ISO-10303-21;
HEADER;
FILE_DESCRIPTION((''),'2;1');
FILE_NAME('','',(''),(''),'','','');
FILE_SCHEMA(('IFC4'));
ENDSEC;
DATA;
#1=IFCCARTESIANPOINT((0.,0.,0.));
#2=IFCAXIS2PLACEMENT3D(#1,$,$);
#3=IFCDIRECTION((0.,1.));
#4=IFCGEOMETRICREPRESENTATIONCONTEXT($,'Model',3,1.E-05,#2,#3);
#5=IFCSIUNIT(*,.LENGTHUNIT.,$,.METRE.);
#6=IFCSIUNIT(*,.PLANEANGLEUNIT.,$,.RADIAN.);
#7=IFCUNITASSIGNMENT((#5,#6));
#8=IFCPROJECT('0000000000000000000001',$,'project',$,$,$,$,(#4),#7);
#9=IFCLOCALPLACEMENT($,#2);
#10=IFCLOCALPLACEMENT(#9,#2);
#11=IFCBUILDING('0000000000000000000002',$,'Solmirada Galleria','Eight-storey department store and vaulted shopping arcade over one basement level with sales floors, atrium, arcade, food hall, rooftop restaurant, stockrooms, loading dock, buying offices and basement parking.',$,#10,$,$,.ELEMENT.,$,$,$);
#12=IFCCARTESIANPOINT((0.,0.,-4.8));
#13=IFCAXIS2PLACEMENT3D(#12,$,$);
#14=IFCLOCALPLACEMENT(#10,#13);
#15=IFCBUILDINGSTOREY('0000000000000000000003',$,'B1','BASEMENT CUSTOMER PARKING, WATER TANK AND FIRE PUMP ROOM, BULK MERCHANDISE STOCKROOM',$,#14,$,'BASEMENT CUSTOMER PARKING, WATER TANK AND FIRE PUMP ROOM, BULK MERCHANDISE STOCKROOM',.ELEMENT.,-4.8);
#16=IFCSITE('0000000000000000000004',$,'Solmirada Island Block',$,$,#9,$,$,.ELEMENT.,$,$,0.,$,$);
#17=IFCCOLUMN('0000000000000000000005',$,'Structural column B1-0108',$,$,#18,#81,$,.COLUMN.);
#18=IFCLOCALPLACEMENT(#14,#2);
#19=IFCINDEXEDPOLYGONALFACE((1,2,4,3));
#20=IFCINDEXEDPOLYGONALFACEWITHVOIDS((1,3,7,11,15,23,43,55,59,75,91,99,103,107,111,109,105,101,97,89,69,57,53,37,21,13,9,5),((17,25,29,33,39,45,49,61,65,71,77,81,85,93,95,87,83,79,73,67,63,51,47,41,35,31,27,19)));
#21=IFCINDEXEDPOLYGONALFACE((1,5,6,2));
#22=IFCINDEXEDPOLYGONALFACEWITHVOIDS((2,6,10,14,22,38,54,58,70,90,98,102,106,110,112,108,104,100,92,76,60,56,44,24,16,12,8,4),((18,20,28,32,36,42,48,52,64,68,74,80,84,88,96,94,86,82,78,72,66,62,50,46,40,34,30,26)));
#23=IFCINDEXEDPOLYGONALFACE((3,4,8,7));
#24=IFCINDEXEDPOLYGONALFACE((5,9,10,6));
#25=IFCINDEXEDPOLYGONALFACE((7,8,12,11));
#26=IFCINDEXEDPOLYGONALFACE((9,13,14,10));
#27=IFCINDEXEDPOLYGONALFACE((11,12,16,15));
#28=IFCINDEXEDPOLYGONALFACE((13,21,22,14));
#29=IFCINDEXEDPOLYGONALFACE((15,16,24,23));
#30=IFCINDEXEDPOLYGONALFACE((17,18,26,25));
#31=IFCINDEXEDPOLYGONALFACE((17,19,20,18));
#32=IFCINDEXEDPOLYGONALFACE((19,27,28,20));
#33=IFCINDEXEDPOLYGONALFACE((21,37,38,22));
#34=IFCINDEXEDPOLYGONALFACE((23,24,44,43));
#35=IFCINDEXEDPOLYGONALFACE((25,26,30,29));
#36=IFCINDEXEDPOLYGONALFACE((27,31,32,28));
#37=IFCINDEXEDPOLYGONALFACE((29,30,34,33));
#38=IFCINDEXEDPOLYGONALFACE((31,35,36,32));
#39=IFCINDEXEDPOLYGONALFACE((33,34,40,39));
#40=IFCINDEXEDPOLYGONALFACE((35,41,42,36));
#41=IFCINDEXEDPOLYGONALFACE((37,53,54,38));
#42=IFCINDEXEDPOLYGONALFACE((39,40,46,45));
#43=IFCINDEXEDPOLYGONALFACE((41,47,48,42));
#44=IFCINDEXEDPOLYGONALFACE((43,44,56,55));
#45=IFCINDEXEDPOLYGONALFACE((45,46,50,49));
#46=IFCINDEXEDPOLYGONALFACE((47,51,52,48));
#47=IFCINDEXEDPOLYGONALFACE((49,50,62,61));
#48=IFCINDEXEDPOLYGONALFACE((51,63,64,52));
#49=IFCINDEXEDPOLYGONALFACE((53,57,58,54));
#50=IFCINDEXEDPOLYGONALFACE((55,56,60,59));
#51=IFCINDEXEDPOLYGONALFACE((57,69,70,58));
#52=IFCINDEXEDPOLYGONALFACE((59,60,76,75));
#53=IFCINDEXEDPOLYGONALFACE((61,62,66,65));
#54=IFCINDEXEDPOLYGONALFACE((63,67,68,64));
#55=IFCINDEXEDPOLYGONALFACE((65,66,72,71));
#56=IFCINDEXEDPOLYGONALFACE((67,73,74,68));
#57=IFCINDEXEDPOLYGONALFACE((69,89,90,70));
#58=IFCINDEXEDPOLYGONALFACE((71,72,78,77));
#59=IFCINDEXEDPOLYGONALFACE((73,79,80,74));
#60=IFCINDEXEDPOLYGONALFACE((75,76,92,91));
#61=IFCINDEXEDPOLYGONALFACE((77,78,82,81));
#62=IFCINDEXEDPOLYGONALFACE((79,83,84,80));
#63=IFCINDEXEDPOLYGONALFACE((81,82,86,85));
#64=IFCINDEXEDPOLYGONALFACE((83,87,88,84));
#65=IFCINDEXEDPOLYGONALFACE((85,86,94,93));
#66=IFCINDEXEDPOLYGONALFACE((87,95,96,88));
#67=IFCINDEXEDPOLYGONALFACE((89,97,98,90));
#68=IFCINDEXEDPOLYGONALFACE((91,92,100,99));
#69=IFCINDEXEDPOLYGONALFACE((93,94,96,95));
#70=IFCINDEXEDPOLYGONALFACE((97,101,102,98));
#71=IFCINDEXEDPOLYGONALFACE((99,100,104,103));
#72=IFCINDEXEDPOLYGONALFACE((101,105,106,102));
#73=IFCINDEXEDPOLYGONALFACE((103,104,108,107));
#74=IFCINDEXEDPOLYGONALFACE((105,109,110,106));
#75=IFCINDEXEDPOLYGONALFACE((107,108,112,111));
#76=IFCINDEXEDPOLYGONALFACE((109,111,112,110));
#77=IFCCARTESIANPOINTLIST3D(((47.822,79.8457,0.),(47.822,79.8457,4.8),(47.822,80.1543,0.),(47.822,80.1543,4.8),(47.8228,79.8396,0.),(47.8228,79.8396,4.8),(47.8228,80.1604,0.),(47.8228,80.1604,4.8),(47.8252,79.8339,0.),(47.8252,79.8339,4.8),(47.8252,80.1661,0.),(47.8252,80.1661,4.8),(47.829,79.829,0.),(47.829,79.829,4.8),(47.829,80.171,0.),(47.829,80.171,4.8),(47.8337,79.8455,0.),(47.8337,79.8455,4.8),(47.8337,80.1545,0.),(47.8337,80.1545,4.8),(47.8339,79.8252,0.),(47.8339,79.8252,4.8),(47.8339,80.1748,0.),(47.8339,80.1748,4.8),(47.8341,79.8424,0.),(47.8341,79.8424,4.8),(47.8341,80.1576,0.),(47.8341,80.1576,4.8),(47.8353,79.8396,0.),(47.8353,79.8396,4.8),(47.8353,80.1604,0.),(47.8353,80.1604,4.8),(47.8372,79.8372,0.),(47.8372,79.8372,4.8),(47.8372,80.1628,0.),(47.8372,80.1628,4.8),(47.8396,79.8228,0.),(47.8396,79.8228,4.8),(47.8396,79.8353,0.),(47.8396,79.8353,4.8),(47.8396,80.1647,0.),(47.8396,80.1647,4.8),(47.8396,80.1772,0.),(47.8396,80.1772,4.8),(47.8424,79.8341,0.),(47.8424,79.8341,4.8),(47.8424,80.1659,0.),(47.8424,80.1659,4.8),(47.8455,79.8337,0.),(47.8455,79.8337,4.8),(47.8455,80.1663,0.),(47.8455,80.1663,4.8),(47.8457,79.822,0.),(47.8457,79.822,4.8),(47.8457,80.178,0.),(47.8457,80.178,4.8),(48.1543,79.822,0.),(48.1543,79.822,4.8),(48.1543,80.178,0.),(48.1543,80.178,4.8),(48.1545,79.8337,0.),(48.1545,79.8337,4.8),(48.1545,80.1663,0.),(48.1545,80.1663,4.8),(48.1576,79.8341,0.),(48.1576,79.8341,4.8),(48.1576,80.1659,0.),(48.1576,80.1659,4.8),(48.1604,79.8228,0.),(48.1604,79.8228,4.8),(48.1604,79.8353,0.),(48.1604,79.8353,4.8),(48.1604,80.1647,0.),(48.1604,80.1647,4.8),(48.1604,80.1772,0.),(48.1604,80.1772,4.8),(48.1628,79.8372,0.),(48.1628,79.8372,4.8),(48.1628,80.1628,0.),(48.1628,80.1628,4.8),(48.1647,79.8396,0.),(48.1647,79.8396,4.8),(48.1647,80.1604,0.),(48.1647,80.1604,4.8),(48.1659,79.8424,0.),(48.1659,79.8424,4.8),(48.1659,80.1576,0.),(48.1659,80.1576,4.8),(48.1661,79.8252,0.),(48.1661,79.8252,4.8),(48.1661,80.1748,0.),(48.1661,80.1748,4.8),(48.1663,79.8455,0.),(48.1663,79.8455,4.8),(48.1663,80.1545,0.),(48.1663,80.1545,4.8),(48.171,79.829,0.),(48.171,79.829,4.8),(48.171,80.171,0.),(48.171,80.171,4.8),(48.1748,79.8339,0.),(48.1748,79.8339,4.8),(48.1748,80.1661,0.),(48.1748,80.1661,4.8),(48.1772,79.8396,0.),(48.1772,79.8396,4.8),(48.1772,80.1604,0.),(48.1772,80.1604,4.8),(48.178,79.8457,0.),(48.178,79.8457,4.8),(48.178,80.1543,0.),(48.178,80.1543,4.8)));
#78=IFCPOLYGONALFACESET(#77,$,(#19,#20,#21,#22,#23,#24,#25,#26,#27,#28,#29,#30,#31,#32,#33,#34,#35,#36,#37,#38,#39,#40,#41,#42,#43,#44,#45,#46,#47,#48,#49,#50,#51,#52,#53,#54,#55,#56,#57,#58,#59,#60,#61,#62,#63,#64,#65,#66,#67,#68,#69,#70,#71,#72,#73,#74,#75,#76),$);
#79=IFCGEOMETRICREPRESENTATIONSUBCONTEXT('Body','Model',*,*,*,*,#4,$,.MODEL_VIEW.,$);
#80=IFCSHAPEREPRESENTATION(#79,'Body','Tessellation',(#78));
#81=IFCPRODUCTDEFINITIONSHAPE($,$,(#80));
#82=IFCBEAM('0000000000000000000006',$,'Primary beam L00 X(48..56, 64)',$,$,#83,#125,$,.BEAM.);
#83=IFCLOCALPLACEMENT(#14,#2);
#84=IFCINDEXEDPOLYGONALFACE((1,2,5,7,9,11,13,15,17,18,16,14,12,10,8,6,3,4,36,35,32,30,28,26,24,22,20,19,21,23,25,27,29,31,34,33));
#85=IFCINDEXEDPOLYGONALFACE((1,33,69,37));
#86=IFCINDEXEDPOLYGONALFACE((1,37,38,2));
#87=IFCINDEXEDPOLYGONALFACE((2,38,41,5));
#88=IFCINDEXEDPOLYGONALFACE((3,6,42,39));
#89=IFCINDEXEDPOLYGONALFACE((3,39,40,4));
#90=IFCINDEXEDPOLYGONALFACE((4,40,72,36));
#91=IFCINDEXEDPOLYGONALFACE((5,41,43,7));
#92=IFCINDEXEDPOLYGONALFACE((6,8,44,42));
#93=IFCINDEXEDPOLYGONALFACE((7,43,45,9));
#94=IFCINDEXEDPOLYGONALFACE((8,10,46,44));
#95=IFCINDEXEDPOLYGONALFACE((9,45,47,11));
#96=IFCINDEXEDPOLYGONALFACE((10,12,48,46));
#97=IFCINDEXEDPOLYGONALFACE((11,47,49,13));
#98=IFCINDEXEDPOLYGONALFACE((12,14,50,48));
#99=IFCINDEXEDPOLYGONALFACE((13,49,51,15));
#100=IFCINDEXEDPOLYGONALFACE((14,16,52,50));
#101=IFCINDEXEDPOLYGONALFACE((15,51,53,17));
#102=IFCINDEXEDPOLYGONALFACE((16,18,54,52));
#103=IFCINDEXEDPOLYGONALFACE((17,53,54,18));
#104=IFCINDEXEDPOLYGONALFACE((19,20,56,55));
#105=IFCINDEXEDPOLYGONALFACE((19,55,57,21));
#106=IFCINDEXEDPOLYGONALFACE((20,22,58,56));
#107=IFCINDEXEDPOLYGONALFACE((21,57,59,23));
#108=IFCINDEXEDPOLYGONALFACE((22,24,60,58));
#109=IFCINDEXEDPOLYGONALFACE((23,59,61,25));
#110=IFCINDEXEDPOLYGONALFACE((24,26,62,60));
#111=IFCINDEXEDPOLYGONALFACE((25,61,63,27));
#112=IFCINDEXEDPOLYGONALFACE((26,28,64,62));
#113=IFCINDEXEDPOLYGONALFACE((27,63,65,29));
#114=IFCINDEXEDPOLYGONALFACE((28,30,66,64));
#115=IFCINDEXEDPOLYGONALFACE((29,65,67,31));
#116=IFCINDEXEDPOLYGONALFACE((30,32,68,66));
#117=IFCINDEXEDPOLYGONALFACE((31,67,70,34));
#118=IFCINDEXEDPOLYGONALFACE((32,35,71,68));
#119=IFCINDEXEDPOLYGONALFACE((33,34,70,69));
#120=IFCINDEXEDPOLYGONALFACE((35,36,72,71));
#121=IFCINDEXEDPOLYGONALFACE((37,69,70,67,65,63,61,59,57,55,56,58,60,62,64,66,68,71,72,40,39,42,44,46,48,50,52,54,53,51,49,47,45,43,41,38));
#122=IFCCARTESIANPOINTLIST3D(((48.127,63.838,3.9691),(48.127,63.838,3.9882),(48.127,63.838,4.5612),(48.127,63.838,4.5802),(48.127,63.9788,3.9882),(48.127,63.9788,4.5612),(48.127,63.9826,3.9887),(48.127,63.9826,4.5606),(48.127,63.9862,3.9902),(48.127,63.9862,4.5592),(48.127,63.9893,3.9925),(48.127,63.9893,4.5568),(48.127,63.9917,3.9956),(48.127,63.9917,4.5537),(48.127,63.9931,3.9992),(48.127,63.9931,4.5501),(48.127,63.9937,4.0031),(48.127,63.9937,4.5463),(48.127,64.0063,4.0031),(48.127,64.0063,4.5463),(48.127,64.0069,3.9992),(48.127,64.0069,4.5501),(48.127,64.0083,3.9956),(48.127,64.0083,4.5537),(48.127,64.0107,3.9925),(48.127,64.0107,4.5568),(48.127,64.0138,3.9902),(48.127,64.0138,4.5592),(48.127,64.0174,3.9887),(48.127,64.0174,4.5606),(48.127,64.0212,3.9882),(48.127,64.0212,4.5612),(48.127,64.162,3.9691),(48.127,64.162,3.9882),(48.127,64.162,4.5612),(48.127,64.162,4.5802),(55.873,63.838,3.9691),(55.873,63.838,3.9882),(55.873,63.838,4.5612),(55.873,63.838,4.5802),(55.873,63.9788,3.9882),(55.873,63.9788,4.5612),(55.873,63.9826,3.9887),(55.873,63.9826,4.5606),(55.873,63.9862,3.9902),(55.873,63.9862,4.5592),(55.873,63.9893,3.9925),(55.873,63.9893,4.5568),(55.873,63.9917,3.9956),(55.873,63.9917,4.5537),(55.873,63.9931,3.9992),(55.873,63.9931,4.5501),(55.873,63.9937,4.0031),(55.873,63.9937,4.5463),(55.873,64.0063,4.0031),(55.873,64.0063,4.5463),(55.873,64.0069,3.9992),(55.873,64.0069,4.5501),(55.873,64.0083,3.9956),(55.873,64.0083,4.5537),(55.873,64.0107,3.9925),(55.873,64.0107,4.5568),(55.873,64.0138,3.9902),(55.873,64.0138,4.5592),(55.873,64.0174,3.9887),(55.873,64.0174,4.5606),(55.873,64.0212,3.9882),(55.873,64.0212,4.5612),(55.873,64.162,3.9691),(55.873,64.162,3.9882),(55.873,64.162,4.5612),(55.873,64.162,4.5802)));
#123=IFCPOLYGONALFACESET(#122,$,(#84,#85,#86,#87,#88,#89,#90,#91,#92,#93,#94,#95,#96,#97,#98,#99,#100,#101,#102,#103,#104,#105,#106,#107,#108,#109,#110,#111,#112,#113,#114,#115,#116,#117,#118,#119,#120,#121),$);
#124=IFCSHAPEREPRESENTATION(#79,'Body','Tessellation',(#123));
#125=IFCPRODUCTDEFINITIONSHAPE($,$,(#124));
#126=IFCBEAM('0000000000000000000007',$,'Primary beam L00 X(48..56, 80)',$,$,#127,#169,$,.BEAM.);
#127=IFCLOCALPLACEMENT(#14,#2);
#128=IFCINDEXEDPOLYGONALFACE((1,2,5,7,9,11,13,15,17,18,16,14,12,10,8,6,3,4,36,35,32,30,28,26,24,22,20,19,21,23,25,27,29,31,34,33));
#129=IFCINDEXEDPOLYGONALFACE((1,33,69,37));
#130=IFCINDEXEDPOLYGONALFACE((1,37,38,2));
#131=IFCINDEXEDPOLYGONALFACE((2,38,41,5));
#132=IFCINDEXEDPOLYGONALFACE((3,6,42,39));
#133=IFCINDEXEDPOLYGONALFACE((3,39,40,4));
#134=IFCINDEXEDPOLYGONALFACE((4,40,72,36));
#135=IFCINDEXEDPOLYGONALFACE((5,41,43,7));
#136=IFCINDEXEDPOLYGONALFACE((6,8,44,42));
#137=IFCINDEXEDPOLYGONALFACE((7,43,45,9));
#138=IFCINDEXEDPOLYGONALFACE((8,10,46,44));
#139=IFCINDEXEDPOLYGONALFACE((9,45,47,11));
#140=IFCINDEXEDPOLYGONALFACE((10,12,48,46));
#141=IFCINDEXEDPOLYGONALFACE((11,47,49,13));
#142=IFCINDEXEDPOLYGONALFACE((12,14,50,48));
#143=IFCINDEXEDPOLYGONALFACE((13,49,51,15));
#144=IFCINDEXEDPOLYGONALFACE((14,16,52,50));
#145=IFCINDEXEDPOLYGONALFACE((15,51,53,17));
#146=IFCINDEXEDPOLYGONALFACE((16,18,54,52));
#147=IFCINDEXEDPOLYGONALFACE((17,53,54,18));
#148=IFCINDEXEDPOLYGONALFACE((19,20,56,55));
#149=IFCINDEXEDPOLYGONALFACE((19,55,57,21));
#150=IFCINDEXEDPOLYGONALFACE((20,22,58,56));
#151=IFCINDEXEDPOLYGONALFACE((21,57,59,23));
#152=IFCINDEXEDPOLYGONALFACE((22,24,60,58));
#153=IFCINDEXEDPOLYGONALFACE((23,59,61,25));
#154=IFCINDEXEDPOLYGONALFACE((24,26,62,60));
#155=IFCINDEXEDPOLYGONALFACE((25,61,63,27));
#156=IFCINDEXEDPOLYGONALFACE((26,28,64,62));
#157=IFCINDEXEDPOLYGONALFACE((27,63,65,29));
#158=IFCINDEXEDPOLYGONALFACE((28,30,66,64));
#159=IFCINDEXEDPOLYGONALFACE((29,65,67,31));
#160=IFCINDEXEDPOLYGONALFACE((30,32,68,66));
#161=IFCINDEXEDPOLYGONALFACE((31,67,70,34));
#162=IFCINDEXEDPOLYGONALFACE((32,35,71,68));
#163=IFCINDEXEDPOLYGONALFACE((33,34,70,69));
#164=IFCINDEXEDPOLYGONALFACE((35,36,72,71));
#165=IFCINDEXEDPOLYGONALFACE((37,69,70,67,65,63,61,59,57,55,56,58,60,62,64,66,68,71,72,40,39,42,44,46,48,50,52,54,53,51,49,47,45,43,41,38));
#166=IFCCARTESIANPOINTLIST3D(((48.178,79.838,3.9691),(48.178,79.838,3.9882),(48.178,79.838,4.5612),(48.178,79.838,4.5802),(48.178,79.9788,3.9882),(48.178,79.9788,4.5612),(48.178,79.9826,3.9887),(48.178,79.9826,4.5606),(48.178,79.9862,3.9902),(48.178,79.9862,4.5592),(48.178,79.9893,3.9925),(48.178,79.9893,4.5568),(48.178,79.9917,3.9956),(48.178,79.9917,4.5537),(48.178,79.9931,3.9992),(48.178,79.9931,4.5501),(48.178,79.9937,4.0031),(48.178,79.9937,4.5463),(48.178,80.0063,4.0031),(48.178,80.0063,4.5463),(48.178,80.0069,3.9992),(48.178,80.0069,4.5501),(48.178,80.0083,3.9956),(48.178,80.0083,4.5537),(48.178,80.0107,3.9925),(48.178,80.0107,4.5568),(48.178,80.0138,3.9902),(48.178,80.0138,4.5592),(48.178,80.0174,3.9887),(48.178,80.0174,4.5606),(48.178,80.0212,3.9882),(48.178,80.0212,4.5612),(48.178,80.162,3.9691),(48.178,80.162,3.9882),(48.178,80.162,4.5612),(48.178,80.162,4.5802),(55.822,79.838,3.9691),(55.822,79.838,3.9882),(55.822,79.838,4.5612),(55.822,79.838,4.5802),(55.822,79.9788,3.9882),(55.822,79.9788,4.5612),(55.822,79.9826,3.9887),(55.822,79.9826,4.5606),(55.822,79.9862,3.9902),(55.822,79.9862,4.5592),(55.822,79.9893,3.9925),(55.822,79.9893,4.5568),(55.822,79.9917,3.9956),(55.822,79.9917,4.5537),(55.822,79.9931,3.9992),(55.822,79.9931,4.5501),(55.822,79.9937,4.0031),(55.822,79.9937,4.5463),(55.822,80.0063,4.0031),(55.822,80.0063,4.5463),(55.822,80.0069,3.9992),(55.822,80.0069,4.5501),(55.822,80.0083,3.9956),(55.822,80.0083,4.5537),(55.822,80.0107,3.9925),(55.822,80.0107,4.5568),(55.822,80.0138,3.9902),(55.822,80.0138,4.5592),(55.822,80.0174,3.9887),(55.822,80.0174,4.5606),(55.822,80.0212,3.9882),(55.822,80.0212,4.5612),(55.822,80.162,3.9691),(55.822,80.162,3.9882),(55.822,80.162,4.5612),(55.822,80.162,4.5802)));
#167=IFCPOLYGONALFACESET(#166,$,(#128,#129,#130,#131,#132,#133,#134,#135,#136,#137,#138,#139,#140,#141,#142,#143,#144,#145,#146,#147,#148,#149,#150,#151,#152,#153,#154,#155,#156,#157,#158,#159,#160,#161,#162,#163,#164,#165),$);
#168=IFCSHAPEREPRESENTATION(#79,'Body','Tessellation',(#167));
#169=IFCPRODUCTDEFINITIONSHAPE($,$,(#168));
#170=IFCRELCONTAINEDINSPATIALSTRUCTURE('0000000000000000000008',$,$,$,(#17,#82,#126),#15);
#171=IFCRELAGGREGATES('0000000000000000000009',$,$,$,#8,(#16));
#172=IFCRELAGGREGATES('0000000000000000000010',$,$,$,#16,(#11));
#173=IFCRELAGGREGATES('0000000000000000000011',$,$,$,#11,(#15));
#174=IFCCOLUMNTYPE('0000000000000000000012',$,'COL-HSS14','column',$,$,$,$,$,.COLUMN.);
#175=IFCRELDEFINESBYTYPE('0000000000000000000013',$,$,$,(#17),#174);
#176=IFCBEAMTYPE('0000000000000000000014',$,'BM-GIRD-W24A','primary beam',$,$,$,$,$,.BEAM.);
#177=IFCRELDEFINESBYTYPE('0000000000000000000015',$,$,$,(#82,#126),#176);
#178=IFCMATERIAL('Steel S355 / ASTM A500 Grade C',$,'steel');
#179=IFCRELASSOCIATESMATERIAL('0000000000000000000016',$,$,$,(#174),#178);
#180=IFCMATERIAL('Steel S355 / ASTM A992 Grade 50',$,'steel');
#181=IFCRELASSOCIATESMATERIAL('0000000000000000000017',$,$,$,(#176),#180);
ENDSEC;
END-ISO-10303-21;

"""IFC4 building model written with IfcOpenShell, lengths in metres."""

from ifc_helpers import new_model, si_unit, direction, frame, origin, origin_2d, place, context, subcontext, project, spatial, hollow_rectangle, i_section, extrude, material, material_profile, profile_set, type_object, element, save


model = new_model("IFC4")

# Units and contexts
model_context = context("Model", 3, precision=1e-05, world=origin(), true_north=direction((0.0, 1.0)))
body_context = subcontext(model_context, "Body", "Model", "MODEL_VIEW")
ifc_project = project(units=[si_unit("LENGTHUNIT", "METRE"), si_unit("PLANEANGLEUNIT", "RADIAN")], contexts=[model_context])

# Site, building, storey
site_placement = place(None, origin())
site = spatial("IfcSite", under=ifc_project, at=site_placement, Name="Solmirada Island Block", CompositionType="ELEMENT", RefElevation=0.0)
building_placement = place(site_placement, origin())
building = spatial("IfcBuilding", under=site, at=building_placement, Name="Solmirada Galleria", Description="Eight-storey department store and vaulted shopping arcade over one basement level with sales floors, atrium, arcade, food hall, rooftop restaurant, stockrooms, loading dock, buying offices and basement parking.", CompositionType="ELEMENT")
storey_placement = place(building_placement, frame((0.0, 0.0, -4.8)))
storey = spatial("IfcBuildingStorey", under=building, at=storey_placement, Name="B1", Description="BASEMENT CUSTOMER PARKING, WATER TANK AND FIRE PUMP ROOM, BULK MERCHANDISE STOCKROOM", LongName="BASEMENT CUSTOMER PARKING, WATER TANK AND FIRE PUMP ROOM, BULK MERCHANDISE STOCKROOM", CompositionType="ELEMENT", Elevation=-4.8)

# Column
ifc_material_1 = material(Name="Steel S355 / ASTM A500 Grade C", Category="steel")
ifc_material_profile_1 = material_profile(ifc_material_1, hollow_rectangle(XDim=0.356, YDim=0.356, WallThickness=0.0117, InnerFilletRadius=0.0117, OuterFilletRadius=0.0237, at=origin_2d()), Name="HSS14X14X1/2")
ifc_profile_set_1 = profile_set([ifc_material_profile_1], Name="Steel S355 / ASTM A500 Grade C")
column_type_1 = type_object("IfcColumnType", Name="COL-HSS14", Description="column", PredefinedType="COLUMN", material=ifc_profile_set_1)
column_placement = place(storey_placement, frame((48.0, 80.0, 0.0), z_axis=(0.0, 0.0, 1.0), x_axis=(1.0, 0.0, 0.0)))
element("IfcColumn", 1, at=column_placement, inside=storey, type_object=column_type_1, Name="Structural column B1-0108", PredefinedType="COLUMN", context=body_context, shape_type="SweptSolid", body=[
    extrude(hollow_rectangle(XDim=0.356, YDim=0.356, WallThickness=0.0117, InnerFilletRadius=0.0117, OuterFilletRadius=0.0237, at=origin_2d()), origin(), (0.0, 0.0, 1.0), 4.8),
])

# Beams
ifc_material_2 = material(Name="Steel S355 / ASTM A992 Grade 50", Category="steel")
ifc_material_profile_2 = material_profile(ifc_material_2, i_section(OverallWidth=0.324, OverallDepth=0.6111, WebThickness=0.0127, FlangeThickness=0.019, FilletRadius=0.0149, at=origin_2d()), Name="W24X104")
ifc_profile_set_2 = profile_set([ifc_material_profile_2], Name="Steel S355 / ASTM A992 Grade 50")
beam_type_1 = type_object("IfcBeamType", Name="BM-GIRD-W24A", Description="primary beam", PredefinedType="BEAM", material=ifc_profile_set_2)
beam_1_placement = place(storey_placement, frame((48.127, 64.0, 4.2747), z_axis=(1.0, 0.0, 0.0), x_axis=(0.0, 1.0, 0.0)))
element("IfcBeam", 2, at=beam_1_placement, inside=storey, type_object=beam_type_1, Name="Primary beam L00 X(48..56, 64)", PredefinedType="BEAM", context=body_context, shape_type="SweptSolid", body=[
    extrude(i_section(OverallWidth=0.324, OverallDepth=0.6111, WebThickness=0.0127, FlangeThickness=0.019, FilletRadius=0.0149, at=origin_2d()), origin(), (0.0, 0.0, 1.0), 7.7461),
])
beam_2_placement = place(storey_placement, frame((48.178, 80.0, 4.2747), z_axis=(1.0, 0.0, 0.0), x_axis=(0.0, 1.0, 0.0)))
element("IfcBeam", 3, at=beam_2_placement, inside=storey, type_object=beam_type_1, Name="Primary beam L00 X(48..56, 80)", PredefinedType="BEAM", context=body_context, shape_type="SweptSolid", body=[
    extrude(i_section(OverallWidth=0.324, OverallDepth=0.6111, WebThickness=0.0127, FlangeThickness=0.019, FilletRadius=0.0149, at=origin_2d()), origin(), (0.0, 0.0, 1.0), 7.644),
])

save(model, "model.ifc")
